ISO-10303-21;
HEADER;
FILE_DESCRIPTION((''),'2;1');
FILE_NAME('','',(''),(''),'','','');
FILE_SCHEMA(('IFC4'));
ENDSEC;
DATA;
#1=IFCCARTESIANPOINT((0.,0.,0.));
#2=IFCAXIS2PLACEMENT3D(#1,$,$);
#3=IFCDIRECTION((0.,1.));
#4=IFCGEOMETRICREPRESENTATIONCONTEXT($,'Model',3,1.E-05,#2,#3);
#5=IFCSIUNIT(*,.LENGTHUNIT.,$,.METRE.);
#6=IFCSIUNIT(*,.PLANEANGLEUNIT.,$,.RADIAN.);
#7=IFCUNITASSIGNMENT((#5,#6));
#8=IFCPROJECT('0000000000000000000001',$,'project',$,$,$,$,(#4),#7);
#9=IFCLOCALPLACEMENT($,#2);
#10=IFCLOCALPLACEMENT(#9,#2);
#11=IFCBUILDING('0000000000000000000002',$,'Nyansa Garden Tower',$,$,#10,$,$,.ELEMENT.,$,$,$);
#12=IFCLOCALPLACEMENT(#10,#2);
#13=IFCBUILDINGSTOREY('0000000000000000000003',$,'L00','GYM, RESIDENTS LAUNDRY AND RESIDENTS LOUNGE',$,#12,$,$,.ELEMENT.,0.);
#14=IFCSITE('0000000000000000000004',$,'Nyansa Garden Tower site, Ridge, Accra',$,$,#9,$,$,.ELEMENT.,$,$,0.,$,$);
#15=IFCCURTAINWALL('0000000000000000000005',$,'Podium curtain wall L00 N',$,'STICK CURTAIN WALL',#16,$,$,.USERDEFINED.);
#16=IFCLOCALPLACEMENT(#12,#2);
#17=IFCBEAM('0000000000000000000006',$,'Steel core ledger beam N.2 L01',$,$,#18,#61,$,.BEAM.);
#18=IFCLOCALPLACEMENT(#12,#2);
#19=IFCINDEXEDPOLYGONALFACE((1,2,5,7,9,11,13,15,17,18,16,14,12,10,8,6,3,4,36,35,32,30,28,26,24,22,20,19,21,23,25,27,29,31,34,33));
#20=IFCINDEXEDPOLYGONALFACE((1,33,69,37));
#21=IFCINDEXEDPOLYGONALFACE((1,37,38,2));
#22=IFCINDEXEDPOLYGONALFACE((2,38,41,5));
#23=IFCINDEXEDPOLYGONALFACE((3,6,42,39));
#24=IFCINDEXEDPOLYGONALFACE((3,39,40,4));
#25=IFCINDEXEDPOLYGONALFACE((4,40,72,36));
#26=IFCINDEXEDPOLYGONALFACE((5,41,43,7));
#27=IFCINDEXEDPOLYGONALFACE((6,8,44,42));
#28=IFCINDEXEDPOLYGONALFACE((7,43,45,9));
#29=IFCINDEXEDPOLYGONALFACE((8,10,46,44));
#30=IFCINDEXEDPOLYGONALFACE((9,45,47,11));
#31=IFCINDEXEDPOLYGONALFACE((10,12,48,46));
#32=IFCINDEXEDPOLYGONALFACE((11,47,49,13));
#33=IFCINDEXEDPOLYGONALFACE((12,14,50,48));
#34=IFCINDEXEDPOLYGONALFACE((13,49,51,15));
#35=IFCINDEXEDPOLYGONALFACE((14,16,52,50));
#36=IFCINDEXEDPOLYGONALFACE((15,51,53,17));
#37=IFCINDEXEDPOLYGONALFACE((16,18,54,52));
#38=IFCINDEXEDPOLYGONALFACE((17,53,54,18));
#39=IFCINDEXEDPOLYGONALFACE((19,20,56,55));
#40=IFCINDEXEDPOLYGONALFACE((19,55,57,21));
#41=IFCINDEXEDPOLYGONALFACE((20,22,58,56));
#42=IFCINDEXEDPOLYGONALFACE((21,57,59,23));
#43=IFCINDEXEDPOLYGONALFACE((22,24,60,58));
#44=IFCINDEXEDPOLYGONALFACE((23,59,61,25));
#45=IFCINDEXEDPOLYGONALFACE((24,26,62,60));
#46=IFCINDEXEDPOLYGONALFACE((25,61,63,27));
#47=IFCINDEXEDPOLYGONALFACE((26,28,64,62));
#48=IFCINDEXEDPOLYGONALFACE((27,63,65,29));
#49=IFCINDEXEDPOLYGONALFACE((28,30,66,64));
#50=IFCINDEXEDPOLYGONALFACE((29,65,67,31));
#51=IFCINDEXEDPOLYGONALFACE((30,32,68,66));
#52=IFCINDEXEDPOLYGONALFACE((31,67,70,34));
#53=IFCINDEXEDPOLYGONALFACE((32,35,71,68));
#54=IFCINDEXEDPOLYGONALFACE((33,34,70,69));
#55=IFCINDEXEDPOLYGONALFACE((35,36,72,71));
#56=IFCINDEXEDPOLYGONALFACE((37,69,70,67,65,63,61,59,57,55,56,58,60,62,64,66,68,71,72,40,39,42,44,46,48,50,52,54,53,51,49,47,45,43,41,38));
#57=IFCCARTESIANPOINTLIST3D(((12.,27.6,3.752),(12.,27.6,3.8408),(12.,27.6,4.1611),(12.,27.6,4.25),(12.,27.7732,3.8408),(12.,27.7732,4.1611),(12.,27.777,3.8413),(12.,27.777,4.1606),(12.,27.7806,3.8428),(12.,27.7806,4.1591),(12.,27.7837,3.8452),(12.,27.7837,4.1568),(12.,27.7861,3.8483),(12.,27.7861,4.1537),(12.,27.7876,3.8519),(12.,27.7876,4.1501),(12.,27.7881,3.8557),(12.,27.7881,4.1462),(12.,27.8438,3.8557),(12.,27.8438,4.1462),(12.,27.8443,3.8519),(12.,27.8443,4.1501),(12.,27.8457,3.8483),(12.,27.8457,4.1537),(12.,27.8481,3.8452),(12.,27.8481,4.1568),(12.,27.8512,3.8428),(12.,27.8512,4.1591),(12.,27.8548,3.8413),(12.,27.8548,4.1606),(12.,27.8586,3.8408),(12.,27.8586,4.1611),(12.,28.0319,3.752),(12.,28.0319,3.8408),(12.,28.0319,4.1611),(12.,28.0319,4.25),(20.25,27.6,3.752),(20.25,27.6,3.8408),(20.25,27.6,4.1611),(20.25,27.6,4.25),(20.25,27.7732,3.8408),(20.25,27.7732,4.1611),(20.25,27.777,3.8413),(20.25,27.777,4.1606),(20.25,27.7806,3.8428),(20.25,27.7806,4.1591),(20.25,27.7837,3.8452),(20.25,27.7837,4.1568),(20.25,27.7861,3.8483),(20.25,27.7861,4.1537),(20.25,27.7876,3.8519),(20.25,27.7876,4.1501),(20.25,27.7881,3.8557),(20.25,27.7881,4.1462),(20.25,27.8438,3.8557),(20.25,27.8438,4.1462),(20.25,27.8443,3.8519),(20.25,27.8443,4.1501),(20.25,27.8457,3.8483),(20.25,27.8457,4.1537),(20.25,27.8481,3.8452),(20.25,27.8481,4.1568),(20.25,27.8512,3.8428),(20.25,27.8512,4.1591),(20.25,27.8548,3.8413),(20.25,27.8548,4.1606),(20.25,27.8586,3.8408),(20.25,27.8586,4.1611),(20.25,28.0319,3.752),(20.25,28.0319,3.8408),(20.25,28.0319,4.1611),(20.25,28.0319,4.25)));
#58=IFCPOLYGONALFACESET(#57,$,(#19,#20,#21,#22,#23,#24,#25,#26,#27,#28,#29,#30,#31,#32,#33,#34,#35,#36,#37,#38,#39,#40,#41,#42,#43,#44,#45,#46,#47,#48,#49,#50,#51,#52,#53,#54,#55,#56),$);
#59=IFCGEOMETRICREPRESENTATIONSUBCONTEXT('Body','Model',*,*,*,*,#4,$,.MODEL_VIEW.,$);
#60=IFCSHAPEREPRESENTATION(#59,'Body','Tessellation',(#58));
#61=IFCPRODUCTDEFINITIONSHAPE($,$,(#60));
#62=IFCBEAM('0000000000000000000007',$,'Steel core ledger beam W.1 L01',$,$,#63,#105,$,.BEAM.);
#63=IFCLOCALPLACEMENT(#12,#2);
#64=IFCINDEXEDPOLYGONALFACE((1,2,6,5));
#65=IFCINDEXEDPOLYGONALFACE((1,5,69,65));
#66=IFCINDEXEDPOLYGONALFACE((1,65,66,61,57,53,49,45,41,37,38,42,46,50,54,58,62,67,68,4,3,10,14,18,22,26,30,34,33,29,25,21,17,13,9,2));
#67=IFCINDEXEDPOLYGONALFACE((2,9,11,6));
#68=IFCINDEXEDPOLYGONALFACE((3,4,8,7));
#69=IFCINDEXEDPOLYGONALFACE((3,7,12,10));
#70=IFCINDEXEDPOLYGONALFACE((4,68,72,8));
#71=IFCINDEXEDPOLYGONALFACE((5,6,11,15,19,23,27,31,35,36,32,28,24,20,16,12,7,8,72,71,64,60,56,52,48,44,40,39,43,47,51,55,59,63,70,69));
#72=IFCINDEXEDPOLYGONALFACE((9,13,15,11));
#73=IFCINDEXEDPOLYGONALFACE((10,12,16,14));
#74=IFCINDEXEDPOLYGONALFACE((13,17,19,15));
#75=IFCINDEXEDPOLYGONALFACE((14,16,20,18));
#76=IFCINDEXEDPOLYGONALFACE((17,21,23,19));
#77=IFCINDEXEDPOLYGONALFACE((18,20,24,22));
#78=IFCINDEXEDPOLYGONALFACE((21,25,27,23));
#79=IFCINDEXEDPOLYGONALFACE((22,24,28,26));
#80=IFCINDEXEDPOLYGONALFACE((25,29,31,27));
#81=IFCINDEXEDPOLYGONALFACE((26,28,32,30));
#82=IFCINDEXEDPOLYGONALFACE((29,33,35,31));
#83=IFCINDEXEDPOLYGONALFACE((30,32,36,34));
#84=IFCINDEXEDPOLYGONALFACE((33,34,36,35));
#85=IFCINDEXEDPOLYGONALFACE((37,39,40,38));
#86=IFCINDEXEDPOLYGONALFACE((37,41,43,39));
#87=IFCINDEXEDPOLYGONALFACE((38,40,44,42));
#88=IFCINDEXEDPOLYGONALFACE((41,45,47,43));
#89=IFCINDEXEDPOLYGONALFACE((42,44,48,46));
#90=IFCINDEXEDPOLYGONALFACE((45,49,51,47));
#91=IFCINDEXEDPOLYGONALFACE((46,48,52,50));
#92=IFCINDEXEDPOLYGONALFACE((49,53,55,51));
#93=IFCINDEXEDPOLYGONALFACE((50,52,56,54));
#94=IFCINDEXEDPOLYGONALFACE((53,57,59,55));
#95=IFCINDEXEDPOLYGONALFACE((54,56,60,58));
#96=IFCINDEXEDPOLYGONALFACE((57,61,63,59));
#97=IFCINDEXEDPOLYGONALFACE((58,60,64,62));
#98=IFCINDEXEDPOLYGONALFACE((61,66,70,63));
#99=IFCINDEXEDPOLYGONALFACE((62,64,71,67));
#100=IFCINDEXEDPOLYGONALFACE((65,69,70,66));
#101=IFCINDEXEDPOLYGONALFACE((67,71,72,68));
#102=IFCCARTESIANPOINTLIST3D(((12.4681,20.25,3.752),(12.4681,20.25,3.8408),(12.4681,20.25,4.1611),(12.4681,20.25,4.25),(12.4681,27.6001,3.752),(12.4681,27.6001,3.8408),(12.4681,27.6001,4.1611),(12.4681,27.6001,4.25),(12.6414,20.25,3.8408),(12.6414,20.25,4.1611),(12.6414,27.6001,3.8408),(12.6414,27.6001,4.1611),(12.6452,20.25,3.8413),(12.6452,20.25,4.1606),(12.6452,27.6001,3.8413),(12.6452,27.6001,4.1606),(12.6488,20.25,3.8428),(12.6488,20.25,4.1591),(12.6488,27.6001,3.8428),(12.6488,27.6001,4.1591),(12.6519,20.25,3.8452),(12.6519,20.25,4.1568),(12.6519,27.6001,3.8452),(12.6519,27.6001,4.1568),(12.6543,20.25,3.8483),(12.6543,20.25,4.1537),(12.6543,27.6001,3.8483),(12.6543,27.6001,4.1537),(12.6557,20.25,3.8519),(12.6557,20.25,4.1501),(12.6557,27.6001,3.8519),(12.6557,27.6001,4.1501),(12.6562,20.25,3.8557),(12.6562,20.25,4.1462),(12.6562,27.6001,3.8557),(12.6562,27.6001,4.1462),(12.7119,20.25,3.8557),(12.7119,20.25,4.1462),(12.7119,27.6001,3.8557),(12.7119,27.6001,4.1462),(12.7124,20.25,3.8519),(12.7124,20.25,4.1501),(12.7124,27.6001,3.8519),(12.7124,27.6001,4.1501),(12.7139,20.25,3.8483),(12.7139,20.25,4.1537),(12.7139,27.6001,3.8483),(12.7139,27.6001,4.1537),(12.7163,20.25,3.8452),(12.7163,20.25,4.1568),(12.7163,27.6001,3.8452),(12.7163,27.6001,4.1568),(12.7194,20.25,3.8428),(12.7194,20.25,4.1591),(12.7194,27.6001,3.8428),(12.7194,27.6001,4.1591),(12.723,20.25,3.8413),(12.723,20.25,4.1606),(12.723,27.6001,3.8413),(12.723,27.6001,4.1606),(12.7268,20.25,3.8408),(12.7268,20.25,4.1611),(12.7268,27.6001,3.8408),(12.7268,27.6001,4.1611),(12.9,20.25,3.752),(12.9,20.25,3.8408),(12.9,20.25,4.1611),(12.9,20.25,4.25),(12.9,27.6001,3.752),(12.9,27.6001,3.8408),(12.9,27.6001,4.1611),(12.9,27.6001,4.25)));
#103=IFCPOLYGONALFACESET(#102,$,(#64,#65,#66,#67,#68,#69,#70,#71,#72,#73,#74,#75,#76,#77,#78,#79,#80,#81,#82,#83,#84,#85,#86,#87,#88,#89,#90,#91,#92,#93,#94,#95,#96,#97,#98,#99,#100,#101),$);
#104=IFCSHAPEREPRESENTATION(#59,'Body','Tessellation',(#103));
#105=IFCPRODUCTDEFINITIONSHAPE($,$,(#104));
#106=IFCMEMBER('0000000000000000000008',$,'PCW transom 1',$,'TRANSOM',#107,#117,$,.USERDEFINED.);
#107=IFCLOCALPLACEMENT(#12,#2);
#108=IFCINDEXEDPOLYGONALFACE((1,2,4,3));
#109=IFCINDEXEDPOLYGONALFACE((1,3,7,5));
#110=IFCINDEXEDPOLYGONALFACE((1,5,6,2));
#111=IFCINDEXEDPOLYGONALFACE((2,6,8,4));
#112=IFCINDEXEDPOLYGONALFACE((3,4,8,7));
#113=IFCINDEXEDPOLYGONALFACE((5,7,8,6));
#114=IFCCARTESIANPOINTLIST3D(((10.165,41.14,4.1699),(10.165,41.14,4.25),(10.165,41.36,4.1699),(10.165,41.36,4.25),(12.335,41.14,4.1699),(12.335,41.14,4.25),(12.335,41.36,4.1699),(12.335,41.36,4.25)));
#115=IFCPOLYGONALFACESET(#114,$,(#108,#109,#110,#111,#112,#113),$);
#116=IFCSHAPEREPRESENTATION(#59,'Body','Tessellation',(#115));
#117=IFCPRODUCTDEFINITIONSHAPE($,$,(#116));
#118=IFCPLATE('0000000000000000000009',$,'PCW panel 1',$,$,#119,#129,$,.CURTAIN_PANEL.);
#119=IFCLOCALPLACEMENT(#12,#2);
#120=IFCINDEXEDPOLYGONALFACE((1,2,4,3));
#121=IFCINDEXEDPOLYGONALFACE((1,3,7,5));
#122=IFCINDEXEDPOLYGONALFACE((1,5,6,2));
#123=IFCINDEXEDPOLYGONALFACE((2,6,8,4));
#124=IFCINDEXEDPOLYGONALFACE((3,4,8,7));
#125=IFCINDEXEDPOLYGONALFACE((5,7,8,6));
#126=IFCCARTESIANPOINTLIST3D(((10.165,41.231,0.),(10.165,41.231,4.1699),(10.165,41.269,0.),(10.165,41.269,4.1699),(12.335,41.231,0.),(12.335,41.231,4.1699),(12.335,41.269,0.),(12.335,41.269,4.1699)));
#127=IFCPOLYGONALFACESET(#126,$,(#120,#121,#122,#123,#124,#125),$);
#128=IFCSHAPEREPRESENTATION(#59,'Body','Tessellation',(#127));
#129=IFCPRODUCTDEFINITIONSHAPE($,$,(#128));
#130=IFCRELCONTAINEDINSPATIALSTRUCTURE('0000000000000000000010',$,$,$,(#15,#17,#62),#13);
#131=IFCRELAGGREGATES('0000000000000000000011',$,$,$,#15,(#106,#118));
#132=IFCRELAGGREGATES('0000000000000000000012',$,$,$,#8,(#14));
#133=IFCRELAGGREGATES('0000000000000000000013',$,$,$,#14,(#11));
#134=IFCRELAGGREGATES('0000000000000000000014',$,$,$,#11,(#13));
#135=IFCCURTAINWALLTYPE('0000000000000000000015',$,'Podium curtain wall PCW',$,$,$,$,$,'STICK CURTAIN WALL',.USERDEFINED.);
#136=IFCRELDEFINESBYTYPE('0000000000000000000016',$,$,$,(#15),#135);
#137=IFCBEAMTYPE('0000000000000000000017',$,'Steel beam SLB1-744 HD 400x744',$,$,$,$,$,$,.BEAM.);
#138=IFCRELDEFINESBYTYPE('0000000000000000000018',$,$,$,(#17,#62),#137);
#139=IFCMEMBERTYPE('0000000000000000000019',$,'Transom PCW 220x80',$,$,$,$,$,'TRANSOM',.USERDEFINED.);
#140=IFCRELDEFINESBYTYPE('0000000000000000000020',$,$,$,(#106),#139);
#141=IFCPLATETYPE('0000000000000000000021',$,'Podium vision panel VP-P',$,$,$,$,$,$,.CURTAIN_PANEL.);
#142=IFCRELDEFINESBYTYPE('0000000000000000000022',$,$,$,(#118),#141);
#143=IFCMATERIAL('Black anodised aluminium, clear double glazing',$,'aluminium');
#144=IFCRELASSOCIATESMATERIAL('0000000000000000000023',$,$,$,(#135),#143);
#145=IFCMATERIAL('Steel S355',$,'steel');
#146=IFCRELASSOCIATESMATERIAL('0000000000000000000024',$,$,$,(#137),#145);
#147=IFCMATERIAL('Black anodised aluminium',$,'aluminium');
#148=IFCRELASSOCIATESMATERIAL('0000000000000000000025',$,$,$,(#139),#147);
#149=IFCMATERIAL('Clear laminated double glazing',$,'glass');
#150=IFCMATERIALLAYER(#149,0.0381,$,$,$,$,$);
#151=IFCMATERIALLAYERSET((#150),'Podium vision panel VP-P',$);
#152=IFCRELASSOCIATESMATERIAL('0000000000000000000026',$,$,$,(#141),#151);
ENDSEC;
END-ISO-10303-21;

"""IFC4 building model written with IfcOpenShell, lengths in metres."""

from ifc_helpers import new_model, si_unit, direction, frame, origin, origin_2d, place, context, subcontext, project, spatial, rectangle, i_section, extrude, material, layer, layer_set, material_profile, profile_set, type_object, element, aggregate, save


model = new_model("IFC4")

# Units and contexts
model_context = context("Model", 3, precision=1e-05, world=origin(), true_north=direction((0.0, 1.0)))
body_context = subcontext(model_context, "Body", "Model", "MODEL_VIEW")
ifc_project = project(units=[si_unit("LENGTHUNIT", "METRE"), si_unit("PLANEANGLEUNIT", "RADIAN")], contexts=[model_context])

# Site, building, storey
site_placement = place(None, origin())
site = spatial("IfcSite", under=ifc_project, at=site_placement, Name="Nyansa Garden Tower site, Ridge, Accra", CompositionType="ELEMENT", RefElevation=0.0)
building_placement = place(site_placement, origin())
building = spatial("IfcBuilding", under=site, at=building_placement, Name="Nyansa Garden Tower", CompositionType="ELEMENT")
storey_placement = place(building_placement, origin())
storey = spatial("IfcBuildingStorey", under=building, at=storey_placement, Name="L00", Description="GYM, RESIDENTS LAUNDRY AND RESIDENTS LOUNGE", CompositionType="ELEMENT", Elevation=0.0)

# Curtain wall
ifc_material_1 = material(Name="Black anodised aluminium, clear double glazing", Category="aluminium")
curtain_wall_type = type_object("IfcCurtainWallType", Name="Podium curtain wall PCW", ElementType="STICK CURTAIN WALL", PredefinedType="USERDEFINED", material=ifc_material_1)
curtain_wall_placement = place(storey_placement, origin())
curtain_wall = element("IfcCurtainWall", 1, at=curtain_wall_placement, inside=storey, type_object=curtain_wall_type, Name="Podium curtain wall L00 N", ObjectType="STICK CURTAIN WALL", PredefinedType="USERDEFINED")

# Beams
ifc_material_2 = material(Name="Steel S355", Category="steel")
ifc_material_profile_1 = material_profile(ifc_material_2, i_section(OverallWidth=0.4319, OverallDepth=0.498, WebThickness=0.0557, FlangeThickness=0.0889, FilletRadius=0.0149, at=origin_2d()), Name="HD 400x744")
ifc_profile_set_1 = profile_set([ifc_material_profile_1], Name="Steel S355")
beam_type_1 = type_object("IfcBeamType", Name="Steel beam SLB1-744 HD 400x744", PredefinedType="BEAM", material=ifc_profile_set_1)
beam_1_placement = place(storey_placement, frame((20.25, 27.8159, 4.001), z_axis=(-1.0, 0.0, 0.0), x_axis=(0.0, -1.0, 0.0)))
element("IfcBeam", 2, at=beam_1_placement, inside=storey, type_object=beam_type_1, Name="Steel core ledger beam N.2 L01", PredefinedType="BEAM", context=body_context, shape_type="SweptSolid", body=[
    extrude(i_section(OverallWidth=0.4319, OverallDepth=0.498, WebThickness=0.0557, FlangeThickness=0.0889, FilletRadius=0.0149, at=origin_2d()), origin(), (0.0, 0.0, 1.0), 8.25),
])
beam_2_placement = place(storey_placement, frame((12.6841, 27.6001, 4.001), z_axis=(0.0, -1.0, 0.0), x_axis=(1.0, 0.0, 0.0)))
element("IfcBeam", 3, at=beam_2_placement, inside=storey, type_object=beam_type_1, Name="Steel core ledger beam W.1 L01", PredefinedType="BEAM", context=body_context, shape_type="SweptSolid", body=[
    extrude(i_section(OverallWidth=0.4319, OverallDepth=0.498, WebThickness=0.0557, FlangeThickness=0.0889, FilletRadius=0.0149, at=origin_2d()), origin(), (0.0, 0.0, 1.0), 7.3501),
])

# Member
ifc_material_3 = material(Name="Black anodised aluminium", Category="aluminium")
ifc_material_profile_2 = material_profile(ifc_material_3, rectangle(XDim=0.22, YDim=0.0801, at=origin_2d()), Name="Transom 220x80")
ifc_profile_set_2 = profile_set([ifc_material_profile_2], Name="Black anodised aluminium")
member_type_1 = type_object("IfcMemberType", Name="Transom PCW 220x80", ElementType="TRANSOM", PredefinedType="USERDEFINED", material=ifc_profile_set_2)
member_1_placement = place(storey_placement, frame((12.335, 41.25, 4.21), z_axis=(-1.0, 0.0, 0.0), x_axis=(0.0, -1.0, 0.0)))
member_1 = element("IfcMember", 4, at=member_1_placement, type_object=member_type_1, Name="PCW transom 1", ObjectType="TRANSOM", PredefinedType="USERDEFINED", context=body_context, shape_type="SweptSolid", body=[
    extrude(rectangle(XDim=0.22, YDim=0.0801, at=origin_2d()), origin(), (0.0, 0.0, 1.0), 2.1699),
])

# Plate
ifc_material_4 = material(Name="Clear laminated double glazing", Category="glass")
ifc_layer_1 = layer(ifc_material_4, 0.0381)
ifc_layer_set_1 = layer_set([ifc_layer_1], Name="Podium vision panel VP-P")
plate_type = type_object("IfcPlateType", Name="Podium vision panel VP-P", PredefinedType="CURTAIN_PANEL", material=ifc_layer_set_1)
plate_placement = place(storey_placement, frame((11.25, 41.25, 0.0), z_axis=(0.0, 0.0, 1.0), x_axis=(-1.0, 0.0, 0.0)))
plate = element("IfcPlate", 5, at=plate_placement, type_object=plate_type, Name="PCW panel 1", PredefinedType="CURTAIN_PANEL", context=body_context, shape_type="SweptSolid", body=[
    extrude(rectangle(XDim=2.1699, YDim=0.0381, at=origin_2d()), origin(), (0.0, 0.0, 1.0), 4.1699),
])
aggregate(curtain_wall, [member_1, plate])

save(model, "model.ifc")
